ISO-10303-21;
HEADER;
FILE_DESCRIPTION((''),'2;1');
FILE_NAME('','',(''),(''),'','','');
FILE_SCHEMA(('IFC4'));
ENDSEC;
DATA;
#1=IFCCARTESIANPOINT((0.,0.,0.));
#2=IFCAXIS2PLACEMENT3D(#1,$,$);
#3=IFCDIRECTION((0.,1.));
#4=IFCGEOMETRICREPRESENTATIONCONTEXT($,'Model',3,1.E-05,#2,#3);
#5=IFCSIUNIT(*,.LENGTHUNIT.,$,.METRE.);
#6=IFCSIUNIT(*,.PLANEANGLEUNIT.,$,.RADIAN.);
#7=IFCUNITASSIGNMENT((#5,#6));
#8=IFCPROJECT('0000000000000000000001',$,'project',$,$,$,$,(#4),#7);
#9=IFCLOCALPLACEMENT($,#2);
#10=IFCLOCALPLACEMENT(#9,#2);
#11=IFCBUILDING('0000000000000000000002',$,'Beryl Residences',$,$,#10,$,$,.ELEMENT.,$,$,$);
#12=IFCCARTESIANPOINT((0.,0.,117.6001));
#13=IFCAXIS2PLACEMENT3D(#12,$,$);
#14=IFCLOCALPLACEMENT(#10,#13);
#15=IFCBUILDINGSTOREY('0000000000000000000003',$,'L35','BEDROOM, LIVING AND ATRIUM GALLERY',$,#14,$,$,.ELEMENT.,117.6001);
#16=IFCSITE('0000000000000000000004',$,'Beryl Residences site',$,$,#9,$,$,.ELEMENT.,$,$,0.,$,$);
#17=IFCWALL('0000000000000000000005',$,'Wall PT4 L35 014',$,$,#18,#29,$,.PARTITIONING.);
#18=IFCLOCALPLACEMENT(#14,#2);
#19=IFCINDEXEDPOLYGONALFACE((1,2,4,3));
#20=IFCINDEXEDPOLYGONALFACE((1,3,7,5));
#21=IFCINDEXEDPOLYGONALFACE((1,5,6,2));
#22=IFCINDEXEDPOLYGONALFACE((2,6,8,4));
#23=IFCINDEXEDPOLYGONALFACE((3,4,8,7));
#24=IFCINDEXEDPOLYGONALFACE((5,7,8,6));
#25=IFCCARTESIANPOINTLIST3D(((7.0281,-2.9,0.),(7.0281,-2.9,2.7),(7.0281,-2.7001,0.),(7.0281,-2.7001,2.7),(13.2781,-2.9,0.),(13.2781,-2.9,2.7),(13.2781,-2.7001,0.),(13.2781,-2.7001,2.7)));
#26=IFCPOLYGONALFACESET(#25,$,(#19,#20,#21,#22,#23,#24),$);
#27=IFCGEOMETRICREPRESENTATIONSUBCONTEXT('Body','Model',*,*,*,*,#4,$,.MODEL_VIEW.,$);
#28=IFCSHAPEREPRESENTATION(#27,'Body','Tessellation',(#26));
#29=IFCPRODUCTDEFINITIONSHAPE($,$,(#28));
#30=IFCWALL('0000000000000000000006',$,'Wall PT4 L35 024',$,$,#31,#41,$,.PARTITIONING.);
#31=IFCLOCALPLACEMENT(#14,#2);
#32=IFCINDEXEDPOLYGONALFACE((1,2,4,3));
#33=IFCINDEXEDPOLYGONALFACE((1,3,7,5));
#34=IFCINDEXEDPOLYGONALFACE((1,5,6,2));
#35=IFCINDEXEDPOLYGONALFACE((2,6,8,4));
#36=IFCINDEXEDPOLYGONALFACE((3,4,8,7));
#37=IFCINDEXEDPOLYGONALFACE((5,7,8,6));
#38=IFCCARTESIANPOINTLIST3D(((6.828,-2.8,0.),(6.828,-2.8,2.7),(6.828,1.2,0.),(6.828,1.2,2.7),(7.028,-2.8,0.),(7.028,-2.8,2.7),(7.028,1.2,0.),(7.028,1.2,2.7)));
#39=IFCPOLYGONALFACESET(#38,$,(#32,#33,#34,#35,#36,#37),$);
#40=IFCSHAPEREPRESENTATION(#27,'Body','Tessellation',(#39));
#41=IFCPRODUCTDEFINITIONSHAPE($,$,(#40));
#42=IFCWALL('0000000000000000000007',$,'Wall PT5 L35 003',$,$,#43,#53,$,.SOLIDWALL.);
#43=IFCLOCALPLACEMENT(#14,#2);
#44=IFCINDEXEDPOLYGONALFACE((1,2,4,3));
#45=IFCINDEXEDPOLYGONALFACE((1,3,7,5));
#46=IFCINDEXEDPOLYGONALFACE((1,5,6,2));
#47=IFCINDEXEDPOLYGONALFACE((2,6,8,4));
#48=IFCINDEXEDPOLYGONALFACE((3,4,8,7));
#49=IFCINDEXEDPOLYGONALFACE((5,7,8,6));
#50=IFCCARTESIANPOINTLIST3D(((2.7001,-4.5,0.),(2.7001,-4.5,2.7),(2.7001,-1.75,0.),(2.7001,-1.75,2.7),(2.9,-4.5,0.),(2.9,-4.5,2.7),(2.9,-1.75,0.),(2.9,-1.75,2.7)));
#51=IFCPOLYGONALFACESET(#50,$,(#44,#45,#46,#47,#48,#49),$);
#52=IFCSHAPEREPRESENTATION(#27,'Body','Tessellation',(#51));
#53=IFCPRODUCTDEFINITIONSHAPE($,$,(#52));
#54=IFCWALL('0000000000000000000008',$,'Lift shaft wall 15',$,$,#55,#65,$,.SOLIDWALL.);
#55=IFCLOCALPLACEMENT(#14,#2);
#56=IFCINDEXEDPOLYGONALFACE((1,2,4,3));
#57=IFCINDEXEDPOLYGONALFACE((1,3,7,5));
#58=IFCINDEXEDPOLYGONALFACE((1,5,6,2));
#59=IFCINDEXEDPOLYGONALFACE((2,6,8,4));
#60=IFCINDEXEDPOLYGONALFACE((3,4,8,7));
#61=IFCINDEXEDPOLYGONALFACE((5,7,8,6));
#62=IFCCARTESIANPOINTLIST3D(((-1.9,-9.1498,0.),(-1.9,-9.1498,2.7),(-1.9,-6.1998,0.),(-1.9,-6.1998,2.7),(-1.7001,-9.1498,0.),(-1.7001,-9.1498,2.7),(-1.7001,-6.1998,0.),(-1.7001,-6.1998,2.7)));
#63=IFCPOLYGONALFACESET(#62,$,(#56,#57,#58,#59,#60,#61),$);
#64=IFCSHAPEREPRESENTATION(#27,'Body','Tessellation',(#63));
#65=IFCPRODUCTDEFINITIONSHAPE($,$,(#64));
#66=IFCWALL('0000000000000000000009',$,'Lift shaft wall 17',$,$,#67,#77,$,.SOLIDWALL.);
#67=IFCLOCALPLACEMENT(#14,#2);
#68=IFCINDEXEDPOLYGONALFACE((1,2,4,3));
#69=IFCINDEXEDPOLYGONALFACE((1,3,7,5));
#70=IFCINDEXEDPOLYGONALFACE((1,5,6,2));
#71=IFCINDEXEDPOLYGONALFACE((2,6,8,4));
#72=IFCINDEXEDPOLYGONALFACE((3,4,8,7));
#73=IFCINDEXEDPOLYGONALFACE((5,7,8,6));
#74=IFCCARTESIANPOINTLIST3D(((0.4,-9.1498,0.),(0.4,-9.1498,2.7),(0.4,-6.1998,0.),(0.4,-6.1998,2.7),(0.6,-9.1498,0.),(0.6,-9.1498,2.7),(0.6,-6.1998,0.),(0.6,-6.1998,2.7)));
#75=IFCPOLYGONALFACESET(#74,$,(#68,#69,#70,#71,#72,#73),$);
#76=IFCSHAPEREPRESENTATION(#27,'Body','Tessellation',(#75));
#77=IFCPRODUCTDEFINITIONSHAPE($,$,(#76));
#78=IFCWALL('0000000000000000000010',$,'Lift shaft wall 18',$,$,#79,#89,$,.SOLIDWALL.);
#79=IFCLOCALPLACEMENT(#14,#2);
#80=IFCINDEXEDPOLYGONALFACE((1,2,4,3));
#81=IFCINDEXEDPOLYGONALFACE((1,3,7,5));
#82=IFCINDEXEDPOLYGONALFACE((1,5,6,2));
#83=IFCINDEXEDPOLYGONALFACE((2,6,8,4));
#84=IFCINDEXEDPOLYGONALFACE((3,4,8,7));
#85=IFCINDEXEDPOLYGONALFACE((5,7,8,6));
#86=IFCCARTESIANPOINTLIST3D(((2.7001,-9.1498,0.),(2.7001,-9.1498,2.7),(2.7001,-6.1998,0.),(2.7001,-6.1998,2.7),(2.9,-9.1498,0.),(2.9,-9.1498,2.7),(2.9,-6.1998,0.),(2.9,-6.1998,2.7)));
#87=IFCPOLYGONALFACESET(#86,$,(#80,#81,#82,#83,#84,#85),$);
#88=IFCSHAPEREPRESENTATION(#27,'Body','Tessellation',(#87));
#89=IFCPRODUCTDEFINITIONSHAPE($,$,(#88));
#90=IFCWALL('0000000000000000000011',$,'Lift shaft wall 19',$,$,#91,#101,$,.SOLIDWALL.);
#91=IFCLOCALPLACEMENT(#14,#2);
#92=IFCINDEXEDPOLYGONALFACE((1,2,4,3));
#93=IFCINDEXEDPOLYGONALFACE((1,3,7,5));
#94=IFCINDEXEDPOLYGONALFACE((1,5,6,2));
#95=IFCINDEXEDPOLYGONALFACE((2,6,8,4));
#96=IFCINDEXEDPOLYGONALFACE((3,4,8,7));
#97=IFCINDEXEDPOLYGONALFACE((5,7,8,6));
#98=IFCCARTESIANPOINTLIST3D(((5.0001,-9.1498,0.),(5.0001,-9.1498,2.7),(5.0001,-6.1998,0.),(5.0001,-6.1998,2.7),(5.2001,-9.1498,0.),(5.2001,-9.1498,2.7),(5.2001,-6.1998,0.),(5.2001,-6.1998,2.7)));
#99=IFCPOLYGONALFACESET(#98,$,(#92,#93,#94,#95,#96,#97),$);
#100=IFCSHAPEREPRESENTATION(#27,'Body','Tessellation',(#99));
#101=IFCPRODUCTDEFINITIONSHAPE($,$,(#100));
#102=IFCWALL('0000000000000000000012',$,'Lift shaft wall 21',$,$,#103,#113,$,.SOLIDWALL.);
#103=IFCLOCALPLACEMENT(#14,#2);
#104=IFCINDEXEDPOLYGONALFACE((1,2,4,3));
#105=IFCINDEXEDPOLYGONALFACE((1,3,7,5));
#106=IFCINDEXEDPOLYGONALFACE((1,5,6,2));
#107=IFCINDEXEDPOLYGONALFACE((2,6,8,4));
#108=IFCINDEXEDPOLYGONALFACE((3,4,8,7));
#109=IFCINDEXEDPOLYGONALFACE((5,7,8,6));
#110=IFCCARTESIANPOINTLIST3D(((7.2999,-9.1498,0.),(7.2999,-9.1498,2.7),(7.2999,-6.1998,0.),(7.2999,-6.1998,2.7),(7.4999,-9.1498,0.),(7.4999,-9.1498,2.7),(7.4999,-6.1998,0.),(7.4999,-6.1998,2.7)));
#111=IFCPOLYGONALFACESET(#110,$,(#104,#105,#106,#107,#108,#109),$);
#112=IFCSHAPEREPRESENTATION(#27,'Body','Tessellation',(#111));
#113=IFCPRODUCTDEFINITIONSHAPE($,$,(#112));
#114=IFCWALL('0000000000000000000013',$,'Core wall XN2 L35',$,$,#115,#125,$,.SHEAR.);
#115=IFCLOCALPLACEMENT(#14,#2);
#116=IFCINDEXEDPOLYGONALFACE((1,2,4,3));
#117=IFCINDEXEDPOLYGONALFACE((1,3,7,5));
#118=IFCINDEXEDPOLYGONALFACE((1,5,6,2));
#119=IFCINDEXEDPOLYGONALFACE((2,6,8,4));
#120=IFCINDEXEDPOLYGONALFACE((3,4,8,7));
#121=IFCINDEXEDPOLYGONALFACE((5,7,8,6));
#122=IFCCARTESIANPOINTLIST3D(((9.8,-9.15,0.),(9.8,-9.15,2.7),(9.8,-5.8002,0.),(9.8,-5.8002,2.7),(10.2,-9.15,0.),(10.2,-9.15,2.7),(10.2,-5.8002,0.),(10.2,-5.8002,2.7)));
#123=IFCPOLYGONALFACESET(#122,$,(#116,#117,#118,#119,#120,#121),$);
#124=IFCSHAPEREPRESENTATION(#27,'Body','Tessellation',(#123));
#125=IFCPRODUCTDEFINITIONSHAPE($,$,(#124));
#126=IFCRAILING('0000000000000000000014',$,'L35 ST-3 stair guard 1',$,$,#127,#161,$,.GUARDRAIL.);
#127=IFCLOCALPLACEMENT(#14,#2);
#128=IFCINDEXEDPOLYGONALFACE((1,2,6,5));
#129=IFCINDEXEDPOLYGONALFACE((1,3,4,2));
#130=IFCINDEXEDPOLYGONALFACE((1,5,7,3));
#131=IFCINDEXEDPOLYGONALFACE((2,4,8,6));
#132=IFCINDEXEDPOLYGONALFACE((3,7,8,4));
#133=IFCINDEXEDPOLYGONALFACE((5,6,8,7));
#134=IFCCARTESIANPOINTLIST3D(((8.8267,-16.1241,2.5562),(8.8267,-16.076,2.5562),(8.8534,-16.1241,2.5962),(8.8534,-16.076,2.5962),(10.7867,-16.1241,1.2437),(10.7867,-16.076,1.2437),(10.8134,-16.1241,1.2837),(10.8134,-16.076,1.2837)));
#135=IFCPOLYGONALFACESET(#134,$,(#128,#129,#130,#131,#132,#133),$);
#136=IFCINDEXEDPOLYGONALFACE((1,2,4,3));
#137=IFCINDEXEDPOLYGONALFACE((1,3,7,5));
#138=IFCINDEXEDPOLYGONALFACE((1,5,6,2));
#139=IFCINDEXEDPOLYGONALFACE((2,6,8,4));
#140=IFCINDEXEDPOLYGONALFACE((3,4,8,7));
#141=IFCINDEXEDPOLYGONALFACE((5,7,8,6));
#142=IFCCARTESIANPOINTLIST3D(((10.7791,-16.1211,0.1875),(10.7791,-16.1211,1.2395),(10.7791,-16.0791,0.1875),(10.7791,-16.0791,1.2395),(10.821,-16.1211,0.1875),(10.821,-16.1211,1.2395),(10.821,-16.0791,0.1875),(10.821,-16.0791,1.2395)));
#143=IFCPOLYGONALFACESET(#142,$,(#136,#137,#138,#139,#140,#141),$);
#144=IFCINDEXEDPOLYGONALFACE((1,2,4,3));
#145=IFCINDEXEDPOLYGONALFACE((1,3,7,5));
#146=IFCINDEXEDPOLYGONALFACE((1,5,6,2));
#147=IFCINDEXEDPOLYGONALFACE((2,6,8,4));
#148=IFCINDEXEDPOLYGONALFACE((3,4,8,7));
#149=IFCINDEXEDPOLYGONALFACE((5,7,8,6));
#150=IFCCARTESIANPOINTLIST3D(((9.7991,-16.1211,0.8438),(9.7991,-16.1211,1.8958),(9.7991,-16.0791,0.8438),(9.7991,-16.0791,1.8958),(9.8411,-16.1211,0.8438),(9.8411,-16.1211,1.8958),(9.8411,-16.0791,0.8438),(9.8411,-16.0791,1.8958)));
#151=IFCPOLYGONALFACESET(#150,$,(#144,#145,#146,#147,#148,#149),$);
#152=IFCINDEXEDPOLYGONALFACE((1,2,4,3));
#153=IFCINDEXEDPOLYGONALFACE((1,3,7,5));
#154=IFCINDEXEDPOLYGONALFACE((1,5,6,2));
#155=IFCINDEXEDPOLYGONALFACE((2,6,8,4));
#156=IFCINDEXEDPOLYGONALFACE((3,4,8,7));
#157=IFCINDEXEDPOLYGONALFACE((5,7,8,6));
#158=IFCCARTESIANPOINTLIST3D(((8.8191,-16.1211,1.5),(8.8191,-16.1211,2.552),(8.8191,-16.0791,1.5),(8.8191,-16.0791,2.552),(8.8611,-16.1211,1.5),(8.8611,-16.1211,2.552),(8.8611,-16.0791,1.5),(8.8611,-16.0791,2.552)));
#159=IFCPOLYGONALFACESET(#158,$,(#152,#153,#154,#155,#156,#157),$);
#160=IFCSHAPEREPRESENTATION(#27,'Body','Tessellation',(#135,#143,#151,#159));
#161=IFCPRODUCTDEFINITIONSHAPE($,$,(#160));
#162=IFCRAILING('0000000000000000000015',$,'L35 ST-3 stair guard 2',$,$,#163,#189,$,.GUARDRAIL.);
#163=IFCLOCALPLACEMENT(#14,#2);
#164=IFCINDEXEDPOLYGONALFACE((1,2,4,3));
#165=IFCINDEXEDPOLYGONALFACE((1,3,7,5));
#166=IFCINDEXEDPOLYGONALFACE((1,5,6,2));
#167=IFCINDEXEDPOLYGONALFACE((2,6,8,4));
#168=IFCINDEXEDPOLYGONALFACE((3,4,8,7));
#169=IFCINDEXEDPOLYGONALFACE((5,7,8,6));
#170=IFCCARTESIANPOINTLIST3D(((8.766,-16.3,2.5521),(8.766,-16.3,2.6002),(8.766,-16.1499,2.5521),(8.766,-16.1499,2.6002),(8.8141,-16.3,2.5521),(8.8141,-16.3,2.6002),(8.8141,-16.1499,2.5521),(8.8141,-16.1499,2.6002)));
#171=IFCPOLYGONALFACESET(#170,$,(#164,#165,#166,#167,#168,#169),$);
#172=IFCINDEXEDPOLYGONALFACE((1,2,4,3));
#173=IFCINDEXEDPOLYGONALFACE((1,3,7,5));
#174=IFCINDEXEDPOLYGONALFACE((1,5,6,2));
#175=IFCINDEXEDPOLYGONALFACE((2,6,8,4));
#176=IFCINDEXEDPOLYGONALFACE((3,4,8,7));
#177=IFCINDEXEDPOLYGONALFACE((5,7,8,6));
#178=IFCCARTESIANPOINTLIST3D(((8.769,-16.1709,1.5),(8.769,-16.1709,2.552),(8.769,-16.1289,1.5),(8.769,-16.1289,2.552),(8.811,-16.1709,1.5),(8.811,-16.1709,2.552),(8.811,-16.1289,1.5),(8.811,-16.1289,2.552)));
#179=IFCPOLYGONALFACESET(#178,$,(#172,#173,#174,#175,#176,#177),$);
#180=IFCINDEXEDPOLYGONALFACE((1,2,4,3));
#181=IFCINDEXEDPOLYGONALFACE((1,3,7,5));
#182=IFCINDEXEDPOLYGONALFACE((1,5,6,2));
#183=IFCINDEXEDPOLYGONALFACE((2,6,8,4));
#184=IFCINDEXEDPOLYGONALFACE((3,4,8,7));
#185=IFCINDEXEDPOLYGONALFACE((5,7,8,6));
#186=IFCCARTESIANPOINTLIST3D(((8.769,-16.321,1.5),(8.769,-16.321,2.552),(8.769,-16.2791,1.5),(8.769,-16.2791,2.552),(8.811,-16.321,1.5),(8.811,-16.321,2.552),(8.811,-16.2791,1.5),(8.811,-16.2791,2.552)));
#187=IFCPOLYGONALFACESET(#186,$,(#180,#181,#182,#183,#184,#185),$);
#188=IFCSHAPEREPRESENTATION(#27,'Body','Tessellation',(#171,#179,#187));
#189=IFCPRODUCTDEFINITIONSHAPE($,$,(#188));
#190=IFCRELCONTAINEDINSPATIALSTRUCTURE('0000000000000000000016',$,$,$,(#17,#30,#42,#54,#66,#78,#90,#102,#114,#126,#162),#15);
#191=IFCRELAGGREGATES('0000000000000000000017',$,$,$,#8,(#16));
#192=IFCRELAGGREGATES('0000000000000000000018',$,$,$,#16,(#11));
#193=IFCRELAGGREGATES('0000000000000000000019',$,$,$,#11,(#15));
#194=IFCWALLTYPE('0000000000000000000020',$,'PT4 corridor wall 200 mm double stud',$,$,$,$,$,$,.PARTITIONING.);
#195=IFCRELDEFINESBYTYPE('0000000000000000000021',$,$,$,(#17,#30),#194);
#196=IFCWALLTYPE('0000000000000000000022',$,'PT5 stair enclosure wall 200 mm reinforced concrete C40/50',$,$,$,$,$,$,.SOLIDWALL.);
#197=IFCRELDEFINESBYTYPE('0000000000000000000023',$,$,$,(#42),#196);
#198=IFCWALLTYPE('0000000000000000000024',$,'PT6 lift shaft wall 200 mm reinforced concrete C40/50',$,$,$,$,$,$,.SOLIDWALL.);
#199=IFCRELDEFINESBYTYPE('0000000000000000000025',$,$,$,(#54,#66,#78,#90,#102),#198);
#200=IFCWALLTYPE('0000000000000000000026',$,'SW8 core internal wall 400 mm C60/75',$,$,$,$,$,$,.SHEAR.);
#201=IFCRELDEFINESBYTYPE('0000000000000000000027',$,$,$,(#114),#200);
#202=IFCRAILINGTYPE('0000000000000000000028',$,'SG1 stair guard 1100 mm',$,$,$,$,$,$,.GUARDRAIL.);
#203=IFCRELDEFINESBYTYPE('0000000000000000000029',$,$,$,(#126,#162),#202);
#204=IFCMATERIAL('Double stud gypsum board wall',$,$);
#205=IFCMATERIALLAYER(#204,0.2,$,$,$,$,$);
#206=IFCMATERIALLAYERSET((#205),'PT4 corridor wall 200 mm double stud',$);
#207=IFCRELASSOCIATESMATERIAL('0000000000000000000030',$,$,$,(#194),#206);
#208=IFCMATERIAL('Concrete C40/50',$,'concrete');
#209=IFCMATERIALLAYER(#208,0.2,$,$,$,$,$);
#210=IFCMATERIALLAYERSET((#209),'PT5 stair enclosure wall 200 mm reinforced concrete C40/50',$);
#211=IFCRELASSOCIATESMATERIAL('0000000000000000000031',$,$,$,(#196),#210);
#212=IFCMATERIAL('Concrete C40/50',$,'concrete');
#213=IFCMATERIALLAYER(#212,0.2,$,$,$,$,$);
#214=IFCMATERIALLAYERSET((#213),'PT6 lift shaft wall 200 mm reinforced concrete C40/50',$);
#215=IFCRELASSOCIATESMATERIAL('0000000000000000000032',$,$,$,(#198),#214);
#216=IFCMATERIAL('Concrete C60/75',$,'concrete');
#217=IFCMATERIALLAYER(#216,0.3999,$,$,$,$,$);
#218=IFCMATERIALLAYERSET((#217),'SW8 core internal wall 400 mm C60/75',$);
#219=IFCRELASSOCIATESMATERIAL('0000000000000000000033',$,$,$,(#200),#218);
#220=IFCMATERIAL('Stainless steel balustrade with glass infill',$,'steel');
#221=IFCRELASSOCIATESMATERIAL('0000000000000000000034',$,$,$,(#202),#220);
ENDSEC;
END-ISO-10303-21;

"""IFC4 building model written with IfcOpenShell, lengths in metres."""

from ifc_helpers import new_model, si_unit, direction, frame, frame_2d, origin, origin_2d, place, context, subcontext, project, spatial, rectangle, extrude, material, layer, layer_set, type_object, element, save


model = new_model("IFC4")

# Units and contexts
model_context = context("Model", 3, precision=1e-05, world=origin(), true_north=direction((0.0, 1.0)))
body_context = subcontext(model_context, "Body", "Model", "MODEL_VIEW")
ifc_project = project(units=[si_unit("LENGTHUNIT", "METRE"), si_unit("PLANEANGLEUNIT", "RADIAN")], contexts=[model_context])

# Site, building, storey
site_placement = place(None, origin())
site = spatial("IfcSite", under=ifc_project, at=site_placement, Name="Beryl Residences site", CompositionType="ELEMENT", RefElevation=0.0)
building_placement = place(site_placement, origin())
building = spatial("IfcBuilding", under=site, at=building_placement, Name="Beryl Residences", CompositionType="ELEMENT")
storey_placement = place(building_placement, frame((0.0, 0.0, 117.6001)))
storey = spatial("IfcBuildingStorey", under=building, at=storey_placement, Name="L35", Description="BEDROOM, LIVING AND ATRIUM GALLERY", CompositionType="ELEMENT", Elevation=117.6001)

# Walls
ifc_material_1 = material(Name="Double stud gypsum board wall")
ifc_layer_1 = layer(ifc_material_1, 0.2)
ifc_layer_set_1 = layer_set([ifc_layer_1], Name="PT4 corridor wall 200 mm double stud")
wall_type_1 = type_object("IfcWallType", Name="PT4 corridor wall 200 mm double stud", PredefinedType="PARTITIONING", material=ifc_layer_set_1)
wall_1_placement = place(storey_placement, frame((7.0281, -2.8, 0.0), z_axis=(0.0, 0.0, 1.0), x_axis=(1.0, 0.0, 0.0)))
element("IfcWall", 1, at=wall_1_placement, inside=storey, type_object=wall_type_1, Name="Wall PT4 L35 014", PredefinedType="PARTITIONING", context=body_context, shape_type="SweptSolid", body=[
    extrude(rectangle(XDim=6.25, YDim=0.2, at=frame_2d((3.125, 0.0))), origin(), (0.0, 0.0, 1.0), 2.7),
])
wall_2_placement = place(storey_placement, frame((6.928, -2.8, 0.0), z_axis=(0.0, 0.0, 1.0), x_axis=(0.0, 1.0, 0.0)))
element("IfcWall", 2, at=wall_2_placement, inside=storey, type_object=wall_type_1, Name="Wall PT4 L35 024", PredefinedType="PARTITIONING", context=body_context, shape_type="SweptSolid", body=[
    extrude(rectangle(XDim=4.0, YDim=0.2, at=frame_2d((2.0, 0.0))), origin(), (0.0, 0.0, 1.0), 2.7),
])
ifc_material_2 = material(Name="Concrete C40/50", Category="concrete")
ifc_layer_2 = layer(ifc_material_2, 0.2)
ifc_layer_set_2 = layer_set([ifc_layer_2], Name="PT5 stair enclosure wall 200 mm reinforced concrete C40/50")
wall_type_2 = type_object("IfcWallType", Name="PT5 stair enclosure wall 200 mm reinforced concrete C40/50", PredefinedType="SOLIDWALL", material=ifc_layer_set_2)
wall_3_placement = place(storey_placement, frame((2.8, -4.5, 0.0), z_axis=(0.0, 0.0, 1.0), x_axis=(0.0, 1.0, 0.0)))
element("IfcWall", 3, at=wall_3_placement, inside=storey, type_object=wall_type_2, Name="Wall PT5 L35 003", PredefinedType="SOLIDWALL", context=body_context, shape_type="SweptSolid", body=[
    extrude(rectangle(XDim=2.75, YDim=0.2, at=frame_2d((1.375, 0.0))), origin(), (0.0, 0.0, 1.0), 2.7),
])
ifc_material_3 = material(Name="Concrete C40/50", Category="concrete")
ifc_layer_3 = layer(ifc_material_3, 0.2)
ifc_layer_set_3 = layer_set([ifc_layer_3], Name="PT6 lift shaft wall 200 mm reinforced concrete C40/50")
wall_type_3 = type_object("IfcWallType", Name="PT6 lift shaft wall 200 mm reinforced concrete C40/50", PredefinedType="SOLIDWALL", material=ifc_layer_set_3)
for number, where, z_axis, x_axis, name in (
    (4, (-1.8, -9.1499, 0.0), (0.0, 0.0, 1.0), (0.0, 1.0, 0.0), "Lift shaft wall 15"),
    (5, (0.5, -9.1499, 0.0), (0.0, 0.0, 1.0), (0.0, 1.0, 0.0), "Lift shaft wall 17"),
    (6, (2.8, -9.1499, 0.0), (0.0, 0.0, 1.0), (0.0, 1.0, 0.0), "Lift shaft wall 18"),
    (7, (5.1001, -9.1499, 0.0), (0.0, 0.0, 1.0), (0.0, 1.0, 0.0), "Lift shaft wall 19"),
    (8, (7.3999, -9.1499, 0.0), (0.0, 0.0, 1.0), (0.0, 1.0, 0.0), "Lift shaft wall 21"),
):
    element("IfcWall", number, at=place(storey_placement, frame(where, z_axis=z_axis, x_axis=x_axis)), inside=storey, type_object=wall_type_3, Name=name, PredefinedType="SOLIDWALL", context=body_context, shape_type="SweptSolid", body=[
        extrude(rectangle(XDim=2.95, YDim=0.2, at=frame_2d((1.4751, 0.0))), origin(), (0.0, 0.0, 1.0), 2.7),
    ])
ifc_material_4 = material(Name="Concrete C60/75", Category="concrete")
ifc_layer_4 = layer(ifc_material_4, 0.3999)
ifc_layer_set_4 = layer_set([ifc_layer_4], Name="SW8 core internal wall 400 mm C60/75")
wall_type_4 = type_object("IfcWallType", Name="SW8 core internal wall 400 mm C60/75", PredefinedType="SHEAR", material=ifc_layer_set_4)
wall_4_placement = place(storey_placement, frame((10.0, -9.1499, 0.0), z_axis=(0.0, 0.0, 1.0), x_axis=(0.0, 1.0, 0.0)))
element("IfcWall", 9, at=wall_4_placement, inside=storey, type_object=wall_type_4, Name="Core wall XN2 L35", PredefinedType="SHEAR", context=body_context, shape_type="SweptSolid", body=[
    extrude(rectangle(XDim=3.3499, YDim=0.3999, at=frame_2d((1.6748, 0.0))), origin(), (0.0, 0.0, 1.0), 2.7),
])

# Railings
ifc_material_5 = material(Name="Stainless steel balustrade with glass infill", Category="steel")
railing_type_1 = type_object("IfcRailingType", Name="SG1 stair guard 1100 mm", PredefinedType="GUARDRAIL", material=ifc_material_5)
railing_1_placement = place(storey_placement, frame((10.8, -16.1001, 0.1875)))
element("IfcRailing", 10, at=railing_1_placement, inside=storey, type_object=railing_type_1, Name="L35 ST-3 stair guard 1", PredefinedType="GUARDRAIL", context=body_context, shape_type="SweptSolid", body=[
    extrude(rectangle(XDim=0.0481, YDim=0.0481, at=origin_2d()), frame((0.0, 0.0, 1.0762), z_axis=(-0.830902, 0.0, 0.556419), x_axis=(0.0, -1.0, 0.0)), (0.0, 0.0, 1.0), 2.3589),
    extrude(rectangle(XDim=0.042, YDim=0.042, at=origin_2d()), origin(), (0.0, 0.0, 1.0), 1.052),
    extrude(rectangle(XDim=0.042, YDim=0.042, at=origin_2d()), frame((-0.98, 0.0, 0.6562)), (0.0, 0.0, 1.0), 1.052),
    extrude(rectangle(XDim=0.042, YDim=0.042, at=origin_2d()), frame((-1.96, 0.0, 1.3125)), (0.0, 0.0, 1.0), 1.052),
])
railing_2_placement = place(storey_placement, frame((8.79, -16.1499, 1.5)))
element("IfcRailing", 11, at=railing_2_placement, inside=storey, type_object=railing_type_1, Name="L35 ST-3 stair guard 2", PredefinedType="GUARDRAIL", context=body_context, shape_type="SweptSolid", body=[
    extrude(rectangle(XDim=0.0481, YDim=0.0481, at=origin_2d()), frame((0.0, 0.0, 1.0762), z_axis=(0.0, -1.0, 0.0), x_axis=(1.0, 0.0, 0.0)), (0.0, 0.0, 1.0), 0.1501),
    extrude(rectangle(XDim=0.042, YDim=0.042, at=origin_2d()), origin(), (0.0, 0.0, 1.0), 1.052),
    extrude(rectangle(XDim=0.042, YDim=0.042, at=origin_2d()), frame((0.0, -0.1501, 0.0)), (0.0, 0.0, 1.0), 1.052),
])

save(model, "model.ifc")
